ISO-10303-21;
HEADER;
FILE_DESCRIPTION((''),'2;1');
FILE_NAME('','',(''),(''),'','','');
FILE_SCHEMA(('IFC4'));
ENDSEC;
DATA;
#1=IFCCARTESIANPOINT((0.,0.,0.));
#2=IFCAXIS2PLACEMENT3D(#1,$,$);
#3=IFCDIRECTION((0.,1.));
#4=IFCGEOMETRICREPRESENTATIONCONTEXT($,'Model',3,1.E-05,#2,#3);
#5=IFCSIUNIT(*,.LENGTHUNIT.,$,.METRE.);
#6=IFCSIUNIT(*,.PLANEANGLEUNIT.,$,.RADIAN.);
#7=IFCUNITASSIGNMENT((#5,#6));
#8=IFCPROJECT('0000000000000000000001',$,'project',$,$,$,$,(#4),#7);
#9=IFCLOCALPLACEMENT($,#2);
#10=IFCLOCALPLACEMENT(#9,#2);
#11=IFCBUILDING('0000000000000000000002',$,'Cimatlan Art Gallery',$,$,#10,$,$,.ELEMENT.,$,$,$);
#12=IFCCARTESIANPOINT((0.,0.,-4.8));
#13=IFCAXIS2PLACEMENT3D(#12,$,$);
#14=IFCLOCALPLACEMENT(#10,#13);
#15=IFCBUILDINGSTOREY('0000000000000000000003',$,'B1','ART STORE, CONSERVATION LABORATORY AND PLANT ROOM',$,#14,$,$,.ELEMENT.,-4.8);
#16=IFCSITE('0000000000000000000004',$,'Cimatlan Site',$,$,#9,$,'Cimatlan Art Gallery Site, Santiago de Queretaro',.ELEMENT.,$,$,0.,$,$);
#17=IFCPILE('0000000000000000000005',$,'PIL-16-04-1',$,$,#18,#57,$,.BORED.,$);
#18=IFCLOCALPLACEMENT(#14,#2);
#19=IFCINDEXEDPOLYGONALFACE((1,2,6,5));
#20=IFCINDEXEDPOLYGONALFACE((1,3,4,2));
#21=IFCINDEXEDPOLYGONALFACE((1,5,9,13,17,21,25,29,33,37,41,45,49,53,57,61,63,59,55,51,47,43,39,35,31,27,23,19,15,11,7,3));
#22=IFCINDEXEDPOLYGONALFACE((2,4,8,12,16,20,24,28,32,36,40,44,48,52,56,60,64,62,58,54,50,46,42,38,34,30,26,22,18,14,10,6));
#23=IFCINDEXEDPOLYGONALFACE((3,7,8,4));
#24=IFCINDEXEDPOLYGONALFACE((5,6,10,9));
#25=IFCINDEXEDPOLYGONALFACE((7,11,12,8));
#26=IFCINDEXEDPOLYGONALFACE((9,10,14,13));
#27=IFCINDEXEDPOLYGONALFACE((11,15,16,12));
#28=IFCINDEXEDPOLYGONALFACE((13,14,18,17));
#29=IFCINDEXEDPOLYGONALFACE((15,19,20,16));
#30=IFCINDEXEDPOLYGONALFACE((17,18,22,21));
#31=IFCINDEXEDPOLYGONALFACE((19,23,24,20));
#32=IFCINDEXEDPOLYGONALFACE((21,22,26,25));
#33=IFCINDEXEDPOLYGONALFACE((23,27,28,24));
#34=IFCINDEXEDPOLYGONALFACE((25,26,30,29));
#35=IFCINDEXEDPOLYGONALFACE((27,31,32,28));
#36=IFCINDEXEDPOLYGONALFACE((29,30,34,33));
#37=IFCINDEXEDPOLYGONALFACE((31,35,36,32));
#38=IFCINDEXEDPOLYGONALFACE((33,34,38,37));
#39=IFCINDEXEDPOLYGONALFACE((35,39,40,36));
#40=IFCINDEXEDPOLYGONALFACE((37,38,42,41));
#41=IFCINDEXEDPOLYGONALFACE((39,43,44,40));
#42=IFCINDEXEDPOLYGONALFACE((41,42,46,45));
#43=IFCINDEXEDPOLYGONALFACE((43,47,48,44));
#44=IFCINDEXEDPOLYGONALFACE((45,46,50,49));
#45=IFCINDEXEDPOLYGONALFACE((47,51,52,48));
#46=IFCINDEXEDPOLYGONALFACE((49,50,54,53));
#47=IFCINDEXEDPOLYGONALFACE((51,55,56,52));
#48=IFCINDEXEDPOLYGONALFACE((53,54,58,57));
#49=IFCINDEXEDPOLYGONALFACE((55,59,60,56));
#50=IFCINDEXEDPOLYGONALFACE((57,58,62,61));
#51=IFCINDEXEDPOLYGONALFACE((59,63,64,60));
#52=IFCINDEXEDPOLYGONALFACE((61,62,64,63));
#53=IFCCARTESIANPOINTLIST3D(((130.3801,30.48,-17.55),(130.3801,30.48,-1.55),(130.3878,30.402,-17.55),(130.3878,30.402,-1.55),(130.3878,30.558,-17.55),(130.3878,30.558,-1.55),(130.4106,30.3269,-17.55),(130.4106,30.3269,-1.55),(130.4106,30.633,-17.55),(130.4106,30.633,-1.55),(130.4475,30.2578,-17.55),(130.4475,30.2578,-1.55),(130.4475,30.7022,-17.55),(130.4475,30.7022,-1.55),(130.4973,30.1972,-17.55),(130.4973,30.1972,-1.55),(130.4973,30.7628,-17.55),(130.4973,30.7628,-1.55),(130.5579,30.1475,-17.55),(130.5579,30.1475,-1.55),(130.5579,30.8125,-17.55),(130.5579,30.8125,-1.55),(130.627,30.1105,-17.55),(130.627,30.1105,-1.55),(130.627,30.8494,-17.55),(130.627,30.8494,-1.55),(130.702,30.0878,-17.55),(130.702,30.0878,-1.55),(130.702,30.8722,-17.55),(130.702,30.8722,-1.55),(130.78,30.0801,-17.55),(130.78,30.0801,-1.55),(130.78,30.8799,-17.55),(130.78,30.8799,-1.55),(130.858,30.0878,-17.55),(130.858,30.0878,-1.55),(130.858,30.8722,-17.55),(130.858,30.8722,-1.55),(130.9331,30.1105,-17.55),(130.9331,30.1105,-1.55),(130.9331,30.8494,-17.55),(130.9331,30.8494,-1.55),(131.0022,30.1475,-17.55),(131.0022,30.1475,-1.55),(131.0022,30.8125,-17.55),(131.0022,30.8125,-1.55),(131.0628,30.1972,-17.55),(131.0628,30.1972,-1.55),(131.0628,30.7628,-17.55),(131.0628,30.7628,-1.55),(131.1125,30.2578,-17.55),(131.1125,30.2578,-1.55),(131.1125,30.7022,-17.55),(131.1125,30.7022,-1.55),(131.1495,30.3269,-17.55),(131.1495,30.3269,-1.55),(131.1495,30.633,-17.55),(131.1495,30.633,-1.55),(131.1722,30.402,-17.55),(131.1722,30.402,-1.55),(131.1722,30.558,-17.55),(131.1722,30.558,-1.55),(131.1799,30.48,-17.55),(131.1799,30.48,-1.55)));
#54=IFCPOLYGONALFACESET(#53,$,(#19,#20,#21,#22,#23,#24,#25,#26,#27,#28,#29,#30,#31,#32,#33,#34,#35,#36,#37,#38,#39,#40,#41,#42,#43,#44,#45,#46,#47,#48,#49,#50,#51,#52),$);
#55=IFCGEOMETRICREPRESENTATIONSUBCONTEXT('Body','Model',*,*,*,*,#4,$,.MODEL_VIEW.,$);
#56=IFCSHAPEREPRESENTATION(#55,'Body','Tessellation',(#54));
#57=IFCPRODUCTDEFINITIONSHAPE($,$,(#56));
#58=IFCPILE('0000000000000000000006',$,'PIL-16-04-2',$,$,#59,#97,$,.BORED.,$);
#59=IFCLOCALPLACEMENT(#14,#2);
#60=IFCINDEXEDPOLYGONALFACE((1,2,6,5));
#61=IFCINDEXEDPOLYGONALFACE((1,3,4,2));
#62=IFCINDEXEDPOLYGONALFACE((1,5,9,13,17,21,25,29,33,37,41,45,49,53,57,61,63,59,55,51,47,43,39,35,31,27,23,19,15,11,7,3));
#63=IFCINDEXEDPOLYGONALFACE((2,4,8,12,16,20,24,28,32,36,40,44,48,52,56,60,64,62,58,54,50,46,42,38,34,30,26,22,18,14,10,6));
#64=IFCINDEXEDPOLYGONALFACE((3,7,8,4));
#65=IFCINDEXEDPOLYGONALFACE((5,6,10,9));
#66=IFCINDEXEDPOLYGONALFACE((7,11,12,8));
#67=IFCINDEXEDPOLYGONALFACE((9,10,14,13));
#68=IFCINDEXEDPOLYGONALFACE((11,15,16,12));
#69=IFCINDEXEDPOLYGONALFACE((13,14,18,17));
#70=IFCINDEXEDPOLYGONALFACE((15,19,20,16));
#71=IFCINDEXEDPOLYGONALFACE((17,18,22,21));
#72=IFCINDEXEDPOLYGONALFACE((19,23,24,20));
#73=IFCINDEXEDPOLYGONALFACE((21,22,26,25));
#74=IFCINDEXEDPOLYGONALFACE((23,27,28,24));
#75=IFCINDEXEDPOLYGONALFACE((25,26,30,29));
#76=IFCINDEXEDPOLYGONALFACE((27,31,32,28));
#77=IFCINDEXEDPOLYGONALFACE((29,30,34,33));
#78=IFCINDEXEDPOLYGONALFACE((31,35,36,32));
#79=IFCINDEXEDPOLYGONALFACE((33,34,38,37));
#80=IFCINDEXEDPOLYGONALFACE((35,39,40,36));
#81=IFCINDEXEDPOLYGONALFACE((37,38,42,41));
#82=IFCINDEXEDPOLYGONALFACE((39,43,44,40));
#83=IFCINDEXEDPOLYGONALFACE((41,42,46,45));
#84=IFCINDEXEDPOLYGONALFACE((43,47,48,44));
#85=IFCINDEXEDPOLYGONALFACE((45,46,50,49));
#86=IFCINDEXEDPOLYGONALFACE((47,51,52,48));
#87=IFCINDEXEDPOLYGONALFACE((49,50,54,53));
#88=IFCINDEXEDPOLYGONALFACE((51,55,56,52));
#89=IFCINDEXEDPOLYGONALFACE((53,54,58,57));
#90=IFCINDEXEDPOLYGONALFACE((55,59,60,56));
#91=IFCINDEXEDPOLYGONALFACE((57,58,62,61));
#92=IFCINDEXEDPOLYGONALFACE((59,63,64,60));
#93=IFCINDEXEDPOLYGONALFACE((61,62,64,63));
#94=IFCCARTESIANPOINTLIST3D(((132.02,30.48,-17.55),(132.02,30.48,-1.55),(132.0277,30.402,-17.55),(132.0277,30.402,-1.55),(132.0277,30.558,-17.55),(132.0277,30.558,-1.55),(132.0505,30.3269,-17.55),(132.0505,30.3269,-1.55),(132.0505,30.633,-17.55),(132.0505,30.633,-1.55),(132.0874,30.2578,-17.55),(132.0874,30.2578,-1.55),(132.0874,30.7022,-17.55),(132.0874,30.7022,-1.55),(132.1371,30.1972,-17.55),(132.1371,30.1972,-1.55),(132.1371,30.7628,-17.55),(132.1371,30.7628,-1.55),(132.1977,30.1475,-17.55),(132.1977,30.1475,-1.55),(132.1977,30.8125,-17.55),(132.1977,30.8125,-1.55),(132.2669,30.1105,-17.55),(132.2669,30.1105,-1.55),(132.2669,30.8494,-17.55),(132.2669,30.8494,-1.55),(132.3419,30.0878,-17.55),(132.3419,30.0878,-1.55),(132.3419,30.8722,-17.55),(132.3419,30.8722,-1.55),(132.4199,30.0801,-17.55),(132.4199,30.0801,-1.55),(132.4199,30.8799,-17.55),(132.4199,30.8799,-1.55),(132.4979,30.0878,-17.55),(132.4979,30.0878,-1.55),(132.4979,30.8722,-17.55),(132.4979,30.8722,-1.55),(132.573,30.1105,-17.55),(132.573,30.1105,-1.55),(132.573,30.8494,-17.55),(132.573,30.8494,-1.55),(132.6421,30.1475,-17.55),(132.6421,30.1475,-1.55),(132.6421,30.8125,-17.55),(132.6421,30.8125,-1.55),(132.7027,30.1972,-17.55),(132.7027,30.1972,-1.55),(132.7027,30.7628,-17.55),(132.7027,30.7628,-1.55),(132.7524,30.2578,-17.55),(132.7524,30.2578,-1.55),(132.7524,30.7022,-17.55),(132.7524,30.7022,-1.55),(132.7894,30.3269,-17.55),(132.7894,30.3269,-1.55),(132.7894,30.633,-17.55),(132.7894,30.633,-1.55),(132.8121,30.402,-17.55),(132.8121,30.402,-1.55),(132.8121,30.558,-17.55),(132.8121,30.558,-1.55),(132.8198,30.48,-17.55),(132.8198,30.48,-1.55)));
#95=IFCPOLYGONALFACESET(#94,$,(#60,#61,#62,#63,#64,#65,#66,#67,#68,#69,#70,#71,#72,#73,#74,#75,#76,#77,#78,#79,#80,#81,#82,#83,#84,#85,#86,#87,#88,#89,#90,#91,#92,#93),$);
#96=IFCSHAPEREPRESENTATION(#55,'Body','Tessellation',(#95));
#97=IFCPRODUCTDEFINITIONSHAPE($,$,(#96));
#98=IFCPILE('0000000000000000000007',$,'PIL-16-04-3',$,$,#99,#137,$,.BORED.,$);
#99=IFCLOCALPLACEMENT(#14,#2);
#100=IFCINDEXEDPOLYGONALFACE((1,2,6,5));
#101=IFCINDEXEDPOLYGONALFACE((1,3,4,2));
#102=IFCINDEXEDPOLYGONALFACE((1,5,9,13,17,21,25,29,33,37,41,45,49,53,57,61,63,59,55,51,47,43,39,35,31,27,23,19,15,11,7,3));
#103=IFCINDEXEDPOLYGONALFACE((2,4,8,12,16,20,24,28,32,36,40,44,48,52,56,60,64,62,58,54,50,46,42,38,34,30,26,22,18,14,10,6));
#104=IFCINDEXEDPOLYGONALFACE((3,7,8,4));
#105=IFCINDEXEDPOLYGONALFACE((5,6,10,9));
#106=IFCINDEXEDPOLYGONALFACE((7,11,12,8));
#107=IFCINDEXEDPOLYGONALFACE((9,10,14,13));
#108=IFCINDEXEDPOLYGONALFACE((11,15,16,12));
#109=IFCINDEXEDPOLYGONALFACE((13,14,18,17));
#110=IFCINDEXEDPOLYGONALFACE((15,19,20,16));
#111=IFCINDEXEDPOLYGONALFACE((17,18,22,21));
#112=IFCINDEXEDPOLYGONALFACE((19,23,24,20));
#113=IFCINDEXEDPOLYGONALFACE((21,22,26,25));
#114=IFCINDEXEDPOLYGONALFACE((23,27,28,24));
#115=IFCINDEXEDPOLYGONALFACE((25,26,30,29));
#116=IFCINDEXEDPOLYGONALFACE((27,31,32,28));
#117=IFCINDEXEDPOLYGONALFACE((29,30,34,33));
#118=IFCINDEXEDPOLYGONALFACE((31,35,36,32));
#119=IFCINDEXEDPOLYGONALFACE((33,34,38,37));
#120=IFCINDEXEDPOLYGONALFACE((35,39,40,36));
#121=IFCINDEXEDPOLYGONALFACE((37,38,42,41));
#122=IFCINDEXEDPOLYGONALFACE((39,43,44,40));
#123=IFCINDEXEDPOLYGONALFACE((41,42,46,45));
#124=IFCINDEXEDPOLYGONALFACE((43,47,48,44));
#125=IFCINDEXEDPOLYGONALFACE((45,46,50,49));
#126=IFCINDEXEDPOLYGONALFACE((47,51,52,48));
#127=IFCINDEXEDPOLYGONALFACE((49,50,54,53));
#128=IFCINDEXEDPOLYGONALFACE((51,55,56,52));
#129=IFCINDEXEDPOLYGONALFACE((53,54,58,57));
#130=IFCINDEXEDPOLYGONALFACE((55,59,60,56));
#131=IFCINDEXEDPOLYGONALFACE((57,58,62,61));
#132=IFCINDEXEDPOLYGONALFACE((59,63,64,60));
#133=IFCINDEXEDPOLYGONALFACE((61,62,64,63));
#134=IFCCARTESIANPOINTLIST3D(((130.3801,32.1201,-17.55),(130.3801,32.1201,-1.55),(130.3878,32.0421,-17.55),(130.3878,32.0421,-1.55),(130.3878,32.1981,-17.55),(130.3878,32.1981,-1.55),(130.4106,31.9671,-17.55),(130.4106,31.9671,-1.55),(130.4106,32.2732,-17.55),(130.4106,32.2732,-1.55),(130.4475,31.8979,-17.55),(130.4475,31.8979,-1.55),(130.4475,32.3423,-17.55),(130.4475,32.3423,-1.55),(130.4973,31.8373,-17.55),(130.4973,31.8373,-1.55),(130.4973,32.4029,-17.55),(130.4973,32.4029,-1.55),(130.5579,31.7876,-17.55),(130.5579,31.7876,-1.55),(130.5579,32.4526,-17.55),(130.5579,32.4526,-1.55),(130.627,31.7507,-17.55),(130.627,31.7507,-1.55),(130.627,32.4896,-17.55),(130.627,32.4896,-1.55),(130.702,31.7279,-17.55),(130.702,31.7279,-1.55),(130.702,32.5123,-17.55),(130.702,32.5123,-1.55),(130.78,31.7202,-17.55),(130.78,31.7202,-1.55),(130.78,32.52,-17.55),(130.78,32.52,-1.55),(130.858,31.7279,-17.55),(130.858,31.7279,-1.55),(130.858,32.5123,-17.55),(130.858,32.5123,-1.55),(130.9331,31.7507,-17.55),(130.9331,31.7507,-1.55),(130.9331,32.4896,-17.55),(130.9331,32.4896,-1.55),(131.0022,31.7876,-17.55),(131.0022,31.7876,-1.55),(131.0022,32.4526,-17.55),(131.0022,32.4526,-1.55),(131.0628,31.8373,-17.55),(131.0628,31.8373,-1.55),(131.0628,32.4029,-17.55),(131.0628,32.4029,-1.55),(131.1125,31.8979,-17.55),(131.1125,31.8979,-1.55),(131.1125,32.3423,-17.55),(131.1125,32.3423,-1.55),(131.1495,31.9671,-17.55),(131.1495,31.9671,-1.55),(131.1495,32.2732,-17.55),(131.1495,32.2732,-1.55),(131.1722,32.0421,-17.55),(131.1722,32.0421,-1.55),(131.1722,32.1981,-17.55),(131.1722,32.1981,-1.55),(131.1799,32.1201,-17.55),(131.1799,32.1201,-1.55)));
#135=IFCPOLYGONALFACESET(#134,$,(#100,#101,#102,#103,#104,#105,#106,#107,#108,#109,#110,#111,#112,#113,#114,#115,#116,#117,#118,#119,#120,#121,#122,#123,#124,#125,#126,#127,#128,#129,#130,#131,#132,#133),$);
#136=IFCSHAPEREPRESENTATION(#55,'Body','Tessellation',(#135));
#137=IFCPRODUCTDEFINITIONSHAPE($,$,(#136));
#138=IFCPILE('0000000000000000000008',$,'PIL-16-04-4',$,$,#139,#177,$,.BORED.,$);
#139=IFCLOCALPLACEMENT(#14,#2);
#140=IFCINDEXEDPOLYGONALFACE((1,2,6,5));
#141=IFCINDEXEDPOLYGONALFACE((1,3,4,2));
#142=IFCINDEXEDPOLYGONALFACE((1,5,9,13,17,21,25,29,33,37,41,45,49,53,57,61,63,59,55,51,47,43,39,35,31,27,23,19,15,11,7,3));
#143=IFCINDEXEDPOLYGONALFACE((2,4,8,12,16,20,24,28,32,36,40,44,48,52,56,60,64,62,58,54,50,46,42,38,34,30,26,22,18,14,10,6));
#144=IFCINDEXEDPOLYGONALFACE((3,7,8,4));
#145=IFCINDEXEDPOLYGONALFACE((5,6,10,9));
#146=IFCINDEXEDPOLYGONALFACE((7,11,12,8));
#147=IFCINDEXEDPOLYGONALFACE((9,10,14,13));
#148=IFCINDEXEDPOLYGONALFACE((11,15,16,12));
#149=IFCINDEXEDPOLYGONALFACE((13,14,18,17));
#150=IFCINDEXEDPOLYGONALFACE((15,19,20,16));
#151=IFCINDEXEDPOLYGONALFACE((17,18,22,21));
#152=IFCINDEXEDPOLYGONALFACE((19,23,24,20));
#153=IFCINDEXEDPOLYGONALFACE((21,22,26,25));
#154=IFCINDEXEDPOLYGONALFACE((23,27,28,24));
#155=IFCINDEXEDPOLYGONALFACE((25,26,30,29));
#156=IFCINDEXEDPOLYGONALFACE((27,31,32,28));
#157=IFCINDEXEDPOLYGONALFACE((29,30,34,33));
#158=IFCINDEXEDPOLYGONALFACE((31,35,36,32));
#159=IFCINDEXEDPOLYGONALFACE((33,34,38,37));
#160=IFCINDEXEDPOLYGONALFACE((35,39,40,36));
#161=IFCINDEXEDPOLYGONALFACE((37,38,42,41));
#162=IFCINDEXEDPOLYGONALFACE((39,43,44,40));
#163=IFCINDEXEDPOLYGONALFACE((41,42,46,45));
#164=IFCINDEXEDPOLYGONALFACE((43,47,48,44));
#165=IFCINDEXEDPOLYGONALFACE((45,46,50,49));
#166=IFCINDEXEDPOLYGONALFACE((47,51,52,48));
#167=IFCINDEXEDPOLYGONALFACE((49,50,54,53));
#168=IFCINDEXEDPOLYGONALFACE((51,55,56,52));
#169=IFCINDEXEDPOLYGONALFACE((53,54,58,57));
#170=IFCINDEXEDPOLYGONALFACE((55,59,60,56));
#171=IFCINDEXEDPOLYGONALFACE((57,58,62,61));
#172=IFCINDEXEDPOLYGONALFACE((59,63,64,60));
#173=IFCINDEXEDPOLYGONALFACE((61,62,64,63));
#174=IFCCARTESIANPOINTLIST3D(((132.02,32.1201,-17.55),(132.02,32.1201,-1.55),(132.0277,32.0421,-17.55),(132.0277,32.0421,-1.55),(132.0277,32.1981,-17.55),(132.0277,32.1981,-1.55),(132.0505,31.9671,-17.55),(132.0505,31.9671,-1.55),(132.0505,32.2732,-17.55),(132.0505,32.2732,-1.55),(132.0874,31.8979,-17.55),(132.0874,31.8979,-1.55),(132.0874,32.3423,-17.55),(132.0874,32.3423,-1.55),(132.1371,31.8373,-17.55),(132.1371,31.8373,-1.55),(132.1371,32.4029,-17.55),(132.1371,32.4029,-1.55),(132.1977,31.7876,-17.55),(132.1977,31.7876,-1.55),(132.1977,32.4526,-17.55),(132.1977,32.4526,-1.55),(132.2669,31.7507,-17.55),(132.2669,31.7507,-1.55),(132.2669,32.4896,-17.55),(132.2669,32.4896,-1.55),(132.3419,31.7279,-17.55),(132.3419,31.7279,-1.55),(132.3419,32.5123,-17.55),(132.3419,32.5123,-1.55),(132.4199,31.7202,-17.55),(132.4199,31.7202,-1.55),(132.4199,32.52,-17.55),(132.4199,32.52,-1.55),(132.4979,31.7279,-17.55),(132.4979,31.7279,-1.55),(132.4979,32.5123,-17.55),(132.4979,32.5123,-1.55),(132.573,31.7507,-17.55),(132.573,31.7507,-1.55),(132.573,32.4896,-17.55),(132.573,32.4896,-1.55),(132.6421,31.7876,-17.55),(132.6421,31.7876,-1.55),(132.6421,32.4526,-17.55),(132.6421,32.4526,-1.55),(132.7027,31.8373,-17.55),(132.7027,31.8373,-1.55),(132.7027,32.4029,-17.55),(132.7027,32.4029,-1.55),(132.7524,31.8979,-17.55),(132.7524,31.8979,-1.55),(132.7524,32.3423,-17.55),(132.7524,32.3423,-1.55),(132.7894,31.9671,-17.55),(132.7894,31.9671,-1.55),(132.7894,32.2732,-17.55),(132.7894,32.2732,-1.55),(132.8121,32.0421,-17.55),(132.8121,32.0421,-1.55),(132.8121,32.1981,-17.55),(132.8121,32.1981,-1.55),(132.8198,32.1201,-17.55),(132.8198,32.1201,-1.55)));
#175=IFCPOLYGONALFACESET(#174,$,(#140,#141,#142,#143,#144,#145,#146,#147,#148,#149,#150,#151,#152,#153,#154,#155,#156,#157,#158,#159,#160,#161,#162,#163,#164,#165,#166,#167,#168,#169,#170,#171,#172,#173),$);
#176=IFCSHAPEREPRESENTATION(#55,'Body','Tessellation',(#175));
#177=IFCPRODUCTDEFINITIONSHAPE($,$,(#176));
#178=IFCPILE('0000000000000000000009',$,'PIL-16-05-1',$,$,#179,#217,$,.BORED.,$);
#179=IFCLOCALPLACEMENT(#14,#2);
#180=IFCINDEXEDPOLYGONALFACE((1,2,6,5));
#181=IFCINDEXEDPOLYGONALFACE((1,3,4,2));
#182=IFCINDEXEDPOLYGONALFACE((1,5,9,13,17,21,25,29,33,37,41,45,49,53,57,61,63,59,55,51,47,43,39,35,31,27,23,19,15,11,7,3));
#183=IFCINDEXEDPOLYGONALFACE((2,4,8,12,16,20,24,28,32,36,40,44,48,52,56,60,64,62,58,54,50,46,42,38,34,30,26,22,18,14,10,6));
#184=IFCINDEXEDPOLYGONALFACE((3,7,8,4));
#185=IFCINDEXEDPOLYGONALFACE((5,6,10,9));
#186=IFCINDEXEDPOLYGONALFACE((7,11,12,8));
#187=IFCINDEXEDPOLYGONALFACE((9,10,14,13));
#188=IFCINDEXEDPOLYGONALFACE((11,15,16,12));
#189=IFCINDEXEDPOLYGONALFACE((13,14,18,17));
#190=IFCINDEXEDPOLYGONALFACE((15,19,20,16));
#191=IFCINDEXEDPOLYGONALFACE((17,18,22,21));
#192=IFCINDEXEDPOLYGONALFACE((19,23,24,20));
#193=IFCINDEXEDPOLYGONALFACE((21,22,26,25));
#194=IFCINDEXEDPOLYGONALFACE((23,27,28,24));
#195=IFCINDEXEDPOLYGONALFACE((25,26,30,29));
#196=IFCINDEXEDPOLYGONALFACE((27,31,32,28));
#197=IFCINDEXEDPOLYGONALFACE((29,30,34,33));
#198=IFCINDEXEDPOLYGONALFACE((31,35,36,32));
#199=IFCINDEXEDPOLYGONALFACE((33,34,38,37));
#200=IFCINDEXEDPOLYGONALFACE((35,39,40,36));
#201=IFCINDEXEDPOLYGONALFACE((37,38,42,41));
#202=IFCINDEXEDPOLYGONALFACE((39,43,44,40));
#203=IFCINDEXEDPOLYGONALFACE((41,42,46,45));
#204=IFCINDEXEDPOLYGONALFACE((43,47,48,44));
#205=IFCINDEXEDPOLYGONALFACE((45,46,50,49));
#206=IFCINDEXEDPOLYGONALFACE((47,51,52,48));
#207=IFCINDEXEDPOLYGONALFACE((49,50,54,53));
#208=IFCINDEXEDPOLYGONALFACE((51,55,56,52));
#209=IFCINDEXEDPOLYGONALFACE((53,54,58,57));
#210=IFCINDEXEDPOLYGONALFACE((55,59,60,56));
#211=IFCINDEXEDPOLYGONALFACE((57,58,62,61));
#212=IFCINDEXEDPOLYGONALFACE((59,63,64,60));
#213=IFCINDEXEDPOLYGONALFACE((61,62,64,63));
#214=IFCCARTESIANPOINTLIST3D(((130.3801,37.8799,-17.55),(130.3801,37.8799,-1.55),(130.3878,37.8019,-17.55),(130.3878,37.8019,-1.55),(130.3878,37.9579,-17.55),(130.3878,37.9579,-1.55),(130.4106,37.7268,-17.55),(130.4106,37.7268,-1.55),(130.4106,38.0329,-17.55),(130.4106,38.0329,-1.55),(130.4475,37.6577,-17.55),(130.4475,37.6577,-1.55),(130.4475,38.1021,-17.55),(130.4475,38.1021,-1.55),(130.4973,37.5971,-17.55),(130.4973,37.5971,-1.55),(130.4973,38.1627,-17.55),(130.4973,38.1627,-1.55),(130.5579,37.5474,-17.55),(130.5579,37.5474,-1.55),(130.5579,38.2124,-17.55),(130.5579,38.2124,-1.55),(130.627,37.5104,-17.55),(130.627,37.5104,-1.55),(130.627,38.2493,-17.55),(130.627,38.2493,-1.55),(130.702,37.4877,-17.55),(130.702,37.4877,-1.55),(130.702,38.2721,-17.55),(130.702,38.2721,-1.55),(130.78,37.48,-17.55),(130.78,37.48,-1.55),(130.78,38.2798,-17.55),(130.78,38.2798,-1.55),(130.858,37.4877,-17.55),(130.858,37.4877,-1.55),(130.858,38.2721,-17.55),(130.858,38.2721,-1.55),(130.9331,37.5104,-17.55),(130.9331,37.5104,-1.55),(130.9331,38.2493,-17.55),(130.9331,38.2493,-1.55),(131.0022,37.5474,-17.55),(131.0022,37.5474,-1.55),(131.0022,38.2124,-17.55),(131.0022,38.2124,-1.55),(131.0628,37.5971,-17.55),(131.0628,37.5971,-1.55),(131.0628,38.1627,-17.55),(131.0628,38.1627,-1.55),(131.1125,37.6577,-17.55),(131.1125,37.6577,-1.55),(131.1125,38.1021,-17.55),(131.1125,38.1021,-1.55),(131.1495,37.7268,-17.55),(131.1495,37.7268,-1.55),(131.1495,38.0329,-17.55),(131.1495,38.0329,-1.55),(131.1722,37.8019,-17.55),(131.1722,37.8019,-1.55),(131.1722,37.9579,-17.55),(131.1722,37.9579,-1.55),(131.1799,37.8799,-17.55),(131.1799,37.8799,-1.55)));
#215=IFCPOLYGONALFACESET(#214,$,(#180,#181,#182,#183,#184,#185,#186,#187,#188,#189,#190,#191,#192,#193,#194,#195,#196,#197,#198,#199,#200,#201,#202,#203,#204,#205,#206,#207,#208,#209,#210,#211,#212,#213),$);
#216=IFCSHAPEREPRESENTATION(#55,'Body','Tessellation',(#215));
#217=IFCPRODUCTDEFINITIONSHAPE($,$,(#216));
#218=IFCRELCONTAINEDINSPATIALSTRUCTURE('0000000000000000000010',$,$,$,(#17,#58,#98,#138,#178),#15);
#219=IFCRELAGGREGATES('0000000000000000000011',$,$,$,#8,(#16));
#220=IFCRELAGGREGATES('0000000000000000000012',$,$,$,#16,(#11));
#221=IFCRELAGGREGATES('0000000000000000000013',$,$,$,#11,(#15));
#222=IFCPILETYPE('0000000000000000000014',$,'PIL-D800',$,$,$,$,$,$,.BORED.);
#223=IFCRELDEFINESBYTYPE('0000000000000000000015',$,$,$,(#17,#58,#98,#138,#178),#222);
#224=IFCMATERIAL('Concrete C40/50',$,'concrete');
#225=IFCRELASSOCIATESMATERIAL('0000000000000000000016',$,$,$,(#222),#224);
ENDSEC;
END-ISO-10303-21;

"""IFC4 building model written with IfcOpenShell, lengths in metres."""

from ifc_helpers import new_model, si_unit, direction, frame, origin, origin_2d, place, context, subcontext, project, spatial, circle, extrude, material, type_object, element, save


model = new_model("IFC4")

# Units and contexts
model_context = context("Model", 3, precision=1e-05, world=origin(), true_north=direction((0.0, 1.0)))
body_context = subcontext(model_context, "Body", "Model", "MODEL_VIEW")
ifc_project = project(units=[si_unit("LENGTHUNIT", "METRE"), si_unit("PLANEANGLEUNIT", "RADIAN")], contexts=[model_context])

# Site, building, storey
site_placement = place(None, origin())
site = spatial("IfcSite", under=ifc_project, at=site_placement, Name="Cimatlan Site", LongName="Cimatlan Art Gallery Site, Santiago de Queretaro", CompositionType="ELEMENT", RefElevation=0.0)
building_placement = place(site_placement, origin())
building = spatial("IfcBuilding", under=site, at=building_placement, Name="Cimatlan Art Gallery", CompositionType="ELEMENT")
storey_placement = place(building_placement, frame((0.0, 0.0, -4.8)))
storey = spatial("IfcBuildingStorey", under=building, at=storey_placement, Name="B1", Description="ART STORE, CONSERVATION LABORATORY AND PLANT ROOM", CompositionType="ELEMENT", Elevation=-4.8)

# Shared definitions
ifc_material_1 = material(Name="Concrete C40/50", Category="concrete")

# Piles
pile_type = type_object("IfcPileType", Name="PIL-D800", PredefinedType="BORED", material=ifc_material_1)
for number, where, z_axis, x_axis, name in (
    (1, (130.78, 30.48, -1.55), (0.0, 0.0, -1.0), (1.0, 0.0, 0.0), "PIL-16-04-1"),
    (2, (132.4199, 30.48, -1.55), (0.0, 0.0, -1.0), (1.0, 0.0, 0.0), "PIL-16-04-2"),
    (3, (130.78, 32.1201, -1.55), (0.0, 0.0, -1.0), (1.0, 0.0, 0.0), "PIL-16-04-3"),
    (4, (132.4199, 32.1201, -1.55), (0.0, 0.0, -1.0), (1.0, 0.0, 0.0), "PIL-16-04-4"),
    (5, (130.78, 37.8799, -1.55), (0.0, 0.0, -1.0), (1.0, 0.0, 0.0), "PIL-16-05-1"),
):
    element("IfcPile", number, at=place(storey_placement, frame(where, z_axis=z_axis, x_axis=x_axis)), inside=storey, type_object=pile_type, Name=name, PredefinedType="BORED", context=body_context, shape_type="SweptSolid", body=[
        extrude(circle(Radius=0.3999, at=origin_2d()), origin(), (0.0, 0.0, 1.0), 16.0),
    ])

save(model, "model.ifc")
